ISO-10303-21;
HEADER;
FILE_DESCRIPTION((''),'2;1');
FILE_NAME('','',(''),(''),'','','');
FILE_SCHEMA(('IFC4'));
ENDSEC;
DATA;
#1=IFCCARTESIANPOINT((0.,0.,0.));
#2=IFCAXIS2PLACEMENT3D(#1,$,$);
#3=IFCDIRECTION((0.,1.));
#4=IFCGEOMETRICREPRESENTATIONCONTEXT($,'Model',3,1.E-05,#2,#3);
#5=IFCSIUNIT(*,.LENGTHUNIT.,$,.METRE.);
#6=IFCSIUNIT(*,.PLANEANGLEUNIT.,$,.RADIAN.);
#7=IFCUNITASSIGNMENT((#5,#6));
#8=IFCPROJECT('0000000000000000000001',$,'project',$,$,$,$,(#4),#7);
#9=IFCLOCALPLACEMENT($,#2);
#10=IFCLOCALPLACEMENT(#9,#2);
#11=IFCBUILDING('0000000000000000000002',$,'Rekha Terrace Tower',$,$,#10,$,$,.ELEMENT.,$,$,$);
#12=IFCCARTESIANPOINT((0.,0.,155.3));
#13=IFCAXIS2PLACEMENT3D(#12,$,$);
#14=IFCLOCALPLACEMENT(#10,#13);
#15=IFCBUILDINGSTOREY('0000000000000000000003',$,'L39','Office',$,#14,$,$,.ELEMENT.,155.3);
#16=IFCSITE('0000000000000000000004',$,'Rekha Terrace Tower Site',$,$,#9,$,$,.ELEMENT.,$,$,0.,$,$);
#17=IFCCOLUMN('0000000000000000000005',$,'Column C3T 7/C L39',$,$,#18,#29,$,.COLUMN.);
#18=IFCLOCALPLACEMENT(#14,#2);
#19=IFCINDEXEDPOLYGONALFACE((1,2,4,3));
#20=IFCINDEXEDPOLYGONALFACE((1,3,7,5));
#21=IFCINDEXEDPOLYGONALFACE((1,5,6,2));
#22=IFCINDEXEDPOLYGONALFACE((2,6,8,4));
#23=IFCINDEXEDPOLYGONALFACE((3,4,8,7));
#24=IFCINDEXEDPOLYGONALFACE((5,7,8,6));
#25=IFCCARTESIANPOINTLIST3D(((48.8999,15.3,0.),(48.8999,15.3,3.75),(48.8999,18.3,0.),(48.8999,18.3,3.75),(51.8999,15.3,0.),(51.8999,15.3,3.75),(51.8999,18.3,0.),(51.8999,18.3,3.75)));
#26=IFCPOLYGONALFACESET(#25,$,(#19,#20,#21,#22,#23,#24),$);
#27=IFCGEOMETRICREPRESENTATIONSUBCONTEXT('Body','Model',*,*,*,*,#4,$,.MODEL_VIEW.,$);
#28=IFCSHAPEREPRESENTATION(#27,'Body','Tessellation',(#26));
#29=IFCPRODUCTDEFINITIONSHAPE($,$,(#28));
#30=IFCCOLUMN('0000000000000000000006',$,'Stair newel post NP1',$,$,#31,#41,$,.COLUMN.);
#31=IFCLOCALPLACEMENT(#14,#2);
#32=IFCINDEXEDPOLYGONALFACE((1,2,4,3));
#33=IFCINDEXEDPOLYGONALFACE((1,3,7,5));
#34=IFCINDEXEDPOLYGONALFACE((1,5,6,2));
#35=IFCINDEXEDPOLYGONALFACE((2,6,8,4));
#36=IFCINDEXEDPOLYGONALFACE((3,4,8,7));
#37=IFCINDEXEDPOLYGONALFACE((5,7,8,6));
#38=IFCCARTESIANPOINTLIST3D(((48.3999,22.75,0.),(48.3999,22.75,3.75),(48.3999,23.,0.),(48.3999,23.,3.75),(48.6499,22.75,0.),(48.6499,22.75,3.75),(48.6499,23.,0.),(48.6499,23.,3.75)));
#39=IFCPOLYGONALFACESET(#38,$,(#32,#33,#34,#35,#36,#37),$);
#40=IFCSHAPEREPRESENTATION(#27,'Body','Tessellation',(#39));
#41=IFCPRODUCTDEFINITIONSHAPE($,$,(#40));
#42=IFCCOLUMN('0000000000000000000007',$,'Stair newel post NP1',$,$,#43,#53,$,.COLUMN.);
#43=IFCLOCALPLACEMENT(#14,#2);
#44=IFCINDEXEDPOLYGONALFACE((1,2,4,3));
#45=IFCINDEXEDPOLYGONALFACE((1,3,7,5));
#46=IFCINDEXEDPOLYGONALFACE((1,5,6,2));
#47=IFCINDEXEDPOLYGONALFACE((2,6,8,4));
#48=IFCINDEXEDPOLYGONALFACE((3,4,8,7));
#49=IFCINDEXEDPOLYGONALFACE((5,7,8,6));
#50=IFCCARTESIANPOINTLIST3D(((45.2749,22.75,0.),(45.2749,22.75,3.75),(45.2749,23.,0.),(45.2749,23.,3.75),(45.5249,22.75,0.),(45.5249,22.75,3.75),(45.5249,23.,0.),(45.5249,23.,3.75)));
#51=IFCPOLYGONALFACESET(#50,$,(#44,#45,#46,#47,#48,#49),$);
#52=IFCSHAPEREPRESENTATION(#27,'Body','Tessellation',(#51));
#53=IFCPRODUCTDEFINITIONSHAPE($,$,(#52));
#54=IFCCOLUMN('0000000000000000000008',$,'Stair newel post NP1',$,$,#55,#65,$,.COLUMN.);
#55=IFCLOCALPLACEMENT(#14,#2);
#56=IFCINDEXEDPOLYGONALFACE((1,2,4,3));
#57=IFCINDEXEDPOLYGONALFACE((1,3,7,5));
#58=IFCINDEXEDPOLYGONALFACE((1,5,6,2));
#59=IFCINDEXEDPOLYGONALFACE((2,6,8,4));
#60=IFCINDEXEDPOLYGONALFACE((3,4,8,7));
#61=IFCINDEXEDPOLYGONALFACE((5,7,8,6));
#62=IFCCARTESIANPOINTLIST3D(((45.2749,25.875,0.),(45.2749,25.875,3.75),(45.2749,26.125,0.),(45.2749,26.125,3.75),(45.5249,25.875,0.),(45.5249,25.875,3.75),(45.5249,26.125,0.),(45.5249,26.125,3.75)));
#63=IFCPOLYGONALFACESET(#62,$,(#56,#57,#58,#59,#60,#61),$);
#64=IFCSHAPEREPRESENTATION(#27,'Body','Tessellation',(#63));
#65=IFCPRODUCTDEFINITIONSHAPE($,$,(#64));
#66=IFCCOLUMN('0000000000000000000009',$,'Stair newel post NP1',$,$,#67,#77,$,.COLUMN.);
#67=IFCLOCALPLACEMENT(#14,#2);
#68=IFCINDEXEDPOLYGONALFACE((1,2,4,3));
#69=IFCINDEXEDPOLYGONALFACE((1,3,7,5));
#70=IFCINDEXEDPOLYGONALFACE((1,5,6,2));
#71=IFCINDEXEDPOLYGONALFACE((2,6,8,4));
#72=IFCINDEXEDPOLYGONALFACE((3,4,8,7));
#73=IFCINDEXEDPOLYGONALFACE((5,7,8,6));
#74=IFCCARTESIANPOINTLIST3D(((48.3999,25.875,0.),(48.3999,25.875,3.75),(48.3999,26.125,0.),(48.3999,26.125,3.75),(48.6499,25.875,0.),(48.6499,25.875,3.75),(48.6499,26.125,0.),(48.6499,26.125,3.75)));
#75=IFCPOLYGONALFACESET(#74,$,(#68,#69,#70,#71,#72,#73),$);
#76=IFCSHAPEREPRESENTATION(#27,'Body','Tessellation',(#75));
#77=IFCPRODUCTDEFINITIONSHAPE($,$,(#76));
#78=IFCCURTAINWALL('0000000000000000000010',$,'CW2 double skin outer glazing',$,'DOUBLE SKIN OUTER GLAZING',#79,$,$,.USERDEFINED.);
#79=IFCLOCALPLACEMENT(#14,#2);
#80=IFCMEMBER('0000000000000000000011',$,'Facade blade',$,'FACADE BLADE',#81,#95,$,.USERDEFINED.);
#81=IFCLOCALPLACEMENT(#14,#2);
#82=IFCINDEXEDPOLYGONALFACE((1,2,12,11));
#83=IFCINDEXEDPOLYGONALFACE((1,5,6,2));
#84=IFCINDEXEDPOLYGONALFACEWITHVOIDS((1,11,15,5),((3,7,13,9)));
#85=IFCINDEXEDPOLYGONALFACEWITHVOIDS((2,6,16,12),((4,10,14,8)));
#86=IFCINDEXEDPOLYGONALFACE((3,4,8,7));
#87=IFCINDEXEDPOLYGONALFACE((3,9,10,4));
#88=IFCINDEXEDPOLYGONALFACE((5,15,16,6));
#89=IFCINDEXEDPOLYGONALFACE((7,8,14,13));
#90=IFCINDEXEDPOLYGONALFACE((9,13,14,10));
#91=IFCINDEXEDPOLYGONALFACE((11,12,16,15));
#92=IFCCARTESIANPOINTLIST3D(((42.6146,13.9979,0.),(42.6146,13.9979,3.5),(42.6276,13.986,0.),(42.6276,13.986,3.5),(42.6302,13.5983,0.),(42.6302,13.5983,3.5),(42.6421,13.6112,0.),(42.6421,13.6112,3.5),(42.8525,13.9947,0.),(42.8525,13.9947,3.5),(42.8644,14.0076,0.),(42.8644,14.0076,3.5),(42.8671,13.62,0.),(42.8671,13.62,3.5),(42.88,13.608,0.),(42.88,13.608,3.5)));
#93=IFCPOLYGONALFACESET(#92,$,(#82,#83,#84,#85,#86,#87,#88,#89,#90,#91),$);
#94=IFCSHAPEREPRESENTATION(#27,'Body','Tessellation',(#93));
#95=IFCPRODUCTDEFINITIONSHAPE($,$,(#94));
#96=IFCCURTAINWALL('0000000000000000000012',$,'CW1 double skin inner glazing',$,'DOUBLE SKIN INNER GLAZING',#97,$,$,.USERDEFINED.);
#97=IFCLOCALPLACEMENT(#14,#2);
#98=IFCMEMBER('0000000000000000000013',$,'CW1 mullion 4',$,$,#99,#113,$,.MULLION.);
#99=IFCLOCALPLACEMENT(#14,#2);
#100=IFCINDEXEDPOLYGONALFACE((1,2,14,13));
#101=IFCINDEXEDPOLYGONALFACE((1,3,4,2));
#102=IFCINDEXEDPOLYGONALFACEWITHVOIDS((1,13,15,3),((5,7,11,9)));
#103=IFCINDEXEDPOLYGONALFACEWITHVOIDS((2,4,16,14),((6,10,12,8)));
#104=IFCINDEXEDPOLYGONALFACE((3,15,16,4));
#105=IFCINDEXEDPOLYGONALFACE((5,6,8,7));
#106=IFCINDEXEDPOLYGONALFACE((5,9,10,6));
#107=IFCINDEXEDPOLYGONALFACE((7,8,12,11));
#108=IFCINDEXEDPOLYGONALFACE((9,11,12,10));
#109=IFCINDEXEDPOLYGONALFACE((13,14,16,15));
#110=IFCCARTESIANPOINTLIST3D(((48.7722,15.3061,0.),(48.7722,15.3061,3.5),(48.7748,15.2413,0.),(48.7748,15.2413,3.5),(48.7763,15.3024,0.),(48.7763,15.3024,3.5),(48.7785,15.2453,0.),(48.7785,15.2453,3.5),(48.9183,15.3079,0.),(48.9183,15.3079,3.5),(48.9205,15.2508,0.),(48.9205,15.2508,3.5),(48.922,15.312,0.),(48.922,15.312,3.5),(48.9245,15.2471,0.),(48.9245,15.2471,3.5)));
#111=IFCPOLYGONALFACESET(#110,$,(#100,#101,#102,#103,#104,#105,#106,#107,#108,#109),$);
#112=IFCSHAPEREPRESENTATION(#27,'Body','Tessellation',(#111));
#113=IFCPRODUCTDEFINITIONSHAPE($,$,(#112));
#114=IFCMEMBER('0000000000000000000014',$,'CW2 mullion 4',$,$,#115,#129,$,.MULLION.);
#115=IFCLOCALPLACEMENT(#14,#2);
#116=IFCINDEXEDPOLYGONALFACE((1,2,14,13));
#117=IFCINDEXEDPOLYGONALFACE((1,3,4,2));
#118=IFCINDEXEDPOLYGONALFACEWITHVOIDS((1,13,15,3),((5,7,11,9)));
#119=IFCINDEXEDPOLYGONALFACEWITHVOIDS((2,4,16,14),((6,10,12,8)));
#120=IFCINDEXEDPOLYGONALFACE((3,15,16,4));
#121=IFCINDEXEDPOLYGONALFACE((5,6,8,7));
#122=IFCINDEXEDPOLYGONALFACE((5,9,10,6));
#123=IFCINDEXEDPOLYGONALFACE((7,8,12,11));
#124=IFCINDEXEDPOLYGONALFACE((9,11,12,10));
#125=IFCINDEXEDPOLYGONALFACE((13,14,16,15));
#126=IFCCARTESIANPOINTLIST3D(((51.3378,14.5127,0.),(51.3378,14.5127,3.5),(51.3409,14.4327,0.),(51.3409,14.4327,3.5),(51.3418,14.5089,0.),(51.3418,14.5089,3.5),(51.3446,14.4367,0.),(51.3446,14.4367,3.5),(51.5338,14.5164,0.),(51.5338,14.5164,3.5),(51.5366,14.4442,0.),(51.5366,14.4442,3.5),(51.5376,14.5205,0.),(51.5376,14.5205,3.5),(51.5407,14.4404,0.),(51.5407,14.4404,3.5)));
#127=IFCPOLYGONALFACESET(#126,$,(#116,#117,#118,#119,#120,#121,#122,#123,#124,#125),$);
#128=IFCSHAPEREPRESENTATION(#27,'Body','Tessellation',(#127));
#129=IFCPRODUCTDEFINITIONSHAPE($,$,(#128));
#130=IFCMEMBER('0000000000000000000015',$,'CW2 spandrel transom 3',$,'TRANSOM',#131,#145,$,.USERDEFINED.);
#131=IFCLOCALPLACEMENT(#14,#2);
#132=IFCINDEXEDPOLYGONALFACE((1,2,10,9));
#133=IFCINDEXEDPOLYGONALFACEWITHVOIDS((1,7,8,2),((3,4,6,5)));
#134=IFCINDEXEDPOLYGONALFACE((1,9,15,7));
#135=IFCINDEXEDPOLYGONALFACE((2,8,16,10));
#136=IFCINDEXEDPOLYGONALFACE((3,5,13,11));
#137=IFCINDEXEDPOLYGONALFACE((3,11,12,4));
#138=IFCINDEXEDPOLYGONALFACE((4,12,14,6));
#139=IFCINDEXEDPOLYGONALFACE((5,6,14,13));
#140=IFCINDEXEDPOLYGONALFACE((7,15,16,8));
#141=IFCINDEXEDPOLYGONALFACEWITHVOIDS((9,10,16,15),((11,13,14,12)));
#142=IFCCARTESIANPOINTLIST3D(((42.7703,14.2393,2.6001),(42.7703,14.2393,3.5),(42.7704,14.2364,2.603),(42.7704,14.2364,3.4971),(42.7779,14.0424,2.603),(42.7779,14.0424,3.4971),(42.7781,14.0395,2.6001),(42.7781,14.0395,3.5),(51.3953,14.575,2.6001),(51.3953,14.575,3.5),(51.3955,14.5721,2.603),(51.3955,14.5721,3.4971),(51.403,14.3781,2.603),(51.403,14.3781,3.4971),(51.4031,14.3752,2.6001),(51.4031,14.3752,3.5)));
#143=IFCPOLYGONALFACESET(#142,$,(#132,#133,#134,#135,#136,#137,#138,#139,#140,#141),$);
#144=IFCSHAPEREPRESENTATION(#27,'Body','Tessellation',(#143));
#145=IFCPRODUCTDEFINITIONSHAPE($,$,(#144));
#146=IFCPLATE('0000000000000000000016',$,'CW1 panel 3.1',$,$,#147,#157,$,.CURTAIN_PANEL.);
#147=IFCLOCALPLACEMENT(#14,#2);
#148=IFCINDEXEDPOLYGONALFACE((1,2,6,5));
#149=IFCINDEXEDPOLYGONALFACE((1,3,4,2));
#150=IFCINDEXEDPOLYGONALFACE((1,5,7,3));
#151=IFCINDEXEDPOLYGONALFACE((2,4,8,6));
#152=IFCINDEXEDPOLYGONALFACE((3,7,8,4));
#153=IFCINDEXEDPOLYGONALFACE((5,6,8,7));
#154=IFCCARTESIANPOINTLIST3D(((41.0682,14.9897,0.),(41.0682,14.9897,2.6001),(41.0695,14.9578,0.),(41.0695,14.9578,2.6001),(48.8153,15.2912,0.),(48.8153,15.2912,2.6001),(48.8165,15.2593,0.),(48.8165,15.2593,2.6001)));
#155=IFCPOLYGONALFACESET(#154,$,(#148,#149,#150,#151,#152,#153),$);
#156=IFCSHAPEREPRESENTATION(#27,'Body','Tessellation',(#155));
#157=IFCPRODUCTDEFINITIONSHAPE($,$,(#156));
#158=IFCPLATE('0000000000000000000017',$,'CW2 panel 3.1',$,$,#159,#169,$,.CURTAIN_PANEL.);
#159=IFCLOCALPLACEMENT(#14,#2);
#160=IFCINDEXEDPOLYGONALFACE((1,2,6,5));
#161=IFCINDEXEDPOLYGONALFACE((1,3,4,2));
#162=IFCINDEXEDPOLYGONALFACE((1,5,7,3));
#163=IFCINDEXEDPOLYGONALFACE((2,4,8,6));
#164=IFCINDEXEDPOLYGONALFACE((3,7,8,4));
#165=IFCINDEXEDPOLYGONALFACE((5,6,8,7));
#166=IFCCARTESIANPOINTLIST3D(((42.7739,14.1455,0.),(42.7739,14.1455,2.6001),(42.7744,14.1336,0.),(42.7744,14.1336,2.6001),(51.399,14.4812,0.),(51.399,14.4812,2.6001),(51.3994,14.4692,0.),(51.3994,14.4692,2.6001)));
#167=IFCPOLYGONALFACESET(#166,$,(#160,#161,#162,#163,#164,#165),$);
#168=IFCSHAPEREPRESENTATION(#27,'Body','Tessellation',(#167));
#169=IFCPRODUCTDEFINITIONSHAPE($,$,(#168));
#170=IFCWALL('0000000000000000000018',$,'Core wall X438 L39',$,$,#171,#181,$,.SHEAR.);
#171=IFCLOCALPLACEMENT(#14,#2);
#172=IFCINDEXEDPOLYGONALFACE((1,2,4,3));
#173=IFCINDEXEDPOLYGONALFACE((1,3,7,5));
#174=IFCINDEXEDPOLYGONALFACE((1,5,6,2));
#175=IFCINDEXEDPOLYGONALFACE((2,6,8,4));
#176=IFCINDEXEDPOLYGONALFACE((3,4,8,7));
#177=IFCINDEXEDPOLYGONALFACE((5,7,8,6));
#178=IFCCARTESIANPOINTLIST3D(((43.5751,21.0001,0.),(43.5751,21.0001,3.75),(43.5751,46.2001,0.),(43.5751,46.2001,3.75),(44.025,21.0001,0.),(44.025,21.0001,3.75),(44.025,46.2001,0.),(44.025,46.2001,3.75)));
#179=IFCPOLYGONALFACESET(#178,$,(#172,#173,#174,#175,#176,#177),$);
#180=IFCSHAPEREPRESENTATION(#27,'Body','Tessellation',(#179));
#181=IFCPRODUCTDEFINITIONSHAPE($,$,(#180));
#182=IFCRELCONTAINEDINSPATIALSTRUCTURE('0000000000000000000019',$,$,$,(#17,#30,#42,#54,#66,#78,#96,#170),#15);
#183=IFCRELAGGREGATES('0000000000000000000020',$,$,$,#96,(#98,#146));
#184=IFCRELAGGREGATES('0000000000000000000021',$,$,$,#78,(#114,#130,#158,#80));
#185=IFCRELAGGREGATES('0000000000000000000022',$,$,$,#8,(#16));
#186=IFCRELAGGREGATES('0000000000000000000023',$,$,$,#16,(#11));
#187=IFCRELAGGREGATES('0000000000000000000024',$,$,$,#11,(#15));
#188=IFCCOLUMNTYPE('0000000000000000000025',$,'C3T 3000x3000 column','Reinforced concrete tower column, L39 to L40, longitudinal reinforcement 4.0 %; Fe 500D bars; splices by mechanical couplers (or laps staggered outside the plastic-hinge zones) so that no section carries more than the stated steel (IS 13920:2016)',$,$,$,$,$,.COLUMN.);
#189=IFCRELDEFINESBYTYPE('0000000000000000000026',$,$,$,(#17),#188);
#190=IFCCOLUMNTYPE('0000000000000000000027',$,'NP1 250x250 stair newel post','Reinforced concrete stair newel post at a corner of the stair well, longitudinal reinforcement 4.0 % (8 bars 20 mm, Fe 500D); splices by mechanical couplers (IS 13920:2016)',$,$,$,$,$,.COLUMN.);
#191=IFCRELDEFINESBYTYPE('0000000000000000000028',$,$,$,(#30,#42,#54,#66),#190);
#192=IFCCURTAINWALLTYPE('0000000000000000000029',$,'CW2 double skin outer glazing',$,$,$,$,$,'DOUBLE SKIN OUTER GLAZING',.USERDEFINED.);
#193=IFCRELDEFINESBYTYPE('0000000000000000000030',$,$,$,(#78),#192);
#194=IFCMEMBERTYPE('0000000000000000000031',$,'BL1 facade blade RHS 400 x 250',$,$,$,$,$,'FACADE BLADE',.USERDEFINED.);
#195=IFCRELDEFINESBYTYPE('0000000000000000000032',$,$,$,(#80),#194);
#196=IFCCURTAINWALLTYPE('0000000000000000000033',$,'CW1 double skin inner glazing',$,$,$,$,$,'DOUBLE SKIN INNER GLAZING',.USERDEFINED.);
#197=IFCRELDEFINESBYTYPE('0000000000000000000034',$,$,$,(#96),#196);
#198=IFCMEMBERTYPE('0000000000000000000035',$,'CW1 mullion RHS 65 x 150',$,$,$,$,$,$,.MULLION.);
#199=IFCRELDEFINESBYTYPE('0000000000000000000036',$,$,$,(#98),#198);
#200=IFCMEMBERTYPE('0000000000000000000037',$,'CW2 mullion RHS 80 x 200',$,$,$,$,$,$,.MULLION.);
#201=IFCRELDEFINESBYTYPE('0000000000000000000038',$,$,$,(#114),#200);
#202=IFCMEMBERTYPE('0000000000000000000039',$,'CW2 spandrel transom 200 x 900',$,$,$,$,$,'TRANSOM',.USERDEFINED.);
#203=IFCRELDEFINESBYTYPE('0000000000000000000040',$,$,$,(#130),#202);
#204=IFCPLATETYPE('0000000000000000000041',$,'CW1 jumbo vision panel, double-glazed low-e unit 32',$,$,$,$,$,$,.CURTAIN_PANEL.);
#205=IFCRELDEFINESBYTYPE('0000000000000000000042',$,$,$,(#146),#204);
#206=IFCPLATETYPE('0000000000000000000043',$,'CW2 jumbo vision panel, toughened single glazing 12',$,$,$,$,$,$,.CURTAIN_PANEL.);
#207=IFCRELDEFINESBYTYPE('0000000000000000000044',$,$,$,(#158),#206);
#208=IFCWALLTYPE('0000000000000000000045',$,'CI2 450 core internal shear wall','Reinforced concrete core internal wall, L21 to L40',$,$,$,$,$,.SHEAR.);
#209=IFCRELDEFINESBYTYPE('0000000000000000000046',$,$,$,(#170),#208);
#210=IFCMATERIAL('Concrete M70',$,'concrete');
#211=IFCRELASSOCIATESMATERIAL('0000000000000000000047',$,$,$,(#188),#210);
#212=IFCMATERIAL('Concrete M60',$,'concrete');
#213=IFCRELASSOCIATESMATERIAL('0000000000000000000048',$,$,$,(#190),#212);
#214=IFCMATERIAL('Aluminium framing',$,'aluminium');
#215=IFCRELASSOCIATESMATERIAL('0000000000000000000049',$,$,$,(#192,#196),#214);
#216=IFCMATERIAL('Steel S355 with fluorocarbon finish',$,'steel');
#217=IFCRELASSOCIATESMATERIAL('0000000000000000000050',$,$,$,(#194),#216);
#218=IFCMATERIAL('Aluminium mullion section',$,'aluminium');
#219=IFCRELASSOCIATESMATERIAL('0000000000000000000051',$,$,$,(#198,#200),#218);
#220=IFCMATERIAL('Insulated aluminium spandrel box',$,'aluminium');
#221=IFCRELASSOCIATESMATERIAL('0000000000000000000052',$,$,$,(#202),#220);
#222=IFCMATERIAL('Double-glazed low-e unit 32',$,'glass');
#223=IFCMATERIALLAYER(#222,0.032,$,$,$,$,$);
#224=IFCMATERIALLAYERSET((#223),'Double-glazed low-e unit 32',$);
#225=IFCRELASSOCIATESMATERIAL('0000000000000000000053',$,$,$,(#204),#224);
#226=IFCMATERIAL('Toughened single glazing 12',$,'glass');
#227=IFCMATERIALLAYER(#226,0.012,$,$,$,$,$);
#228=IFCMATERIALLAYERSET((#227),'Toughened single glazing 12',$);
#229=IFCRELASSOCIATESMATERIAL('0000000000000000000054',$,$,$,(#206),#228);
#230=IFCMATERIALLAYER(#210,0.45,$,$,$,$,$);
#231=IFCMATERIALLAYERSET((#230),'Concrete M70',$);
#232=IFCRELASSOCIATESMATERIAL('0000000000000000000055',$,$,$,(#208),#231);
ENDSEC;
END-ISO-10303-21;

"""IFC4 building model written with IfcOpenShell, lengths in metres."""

from ifc_helpers import new_model, si_unit, direction, frame, frame_2d, origin, origin_2d, place, context, subcontext, project, spatial, rectangle, hollow_rectangle, extrude, material, layer, layer_set, material_profile, profile_set, type_object, element, aggregate, save


model = new_model("IFC4")

# Units and contexts
model_context = context("Model", 3, precision=1e-05, world=origin(), true_north=direction((0.0, 1.0)))
body_context = subcontext(model_context, "Body", "Model", "MODEL_VIEW")
ifc_project = project(units=[si_unit("LENGTHUNIT", "METRE"), si_unit("PLANEANGLEUNIT", "RADIAN")], contexts=[model_context])

# Site, building, storey
site_placement = place(None, origin())
site = spatial("IfcSite", under=ifc_project, at=site_placement, Name="Rekha Terrace Tower Site", CompositionType="ELEMENT", RefElevation=0.0)
building_placement = place(site_placement, origin())
building = spatial("IfcBuilding", under=site, at=building_placement, Name="Rekha Terrace Tower", CompositionType="ELEMENT")
storey_placement = place(building_placement, frame((0.0, 0.0, 155.3)))
storey = spatial("IfcBuildingStorey", under=building, at=storey_placement, Name="L39", Description="Office", CompositionType="ELEMENT", Elevation=155.3)

# Columns
ifc_material_1 = material(Name="Concrete M70", Category="concrete")
ifc_material_profile_1 = material_profile(ifc_material_1, rectangle(XDim=3.0, YDim=3.0, at=origin_2d()), Name="RC 3000x3000")
ifc_profile_set_1 = profile_set([ifc_material_profile_1], Name="Concrete M70")
column_type_1 = type_object("IfcColumnType", Name="C3T 3000x3000 column", Description="Reinforced concrete tower column, L39 to L40, longitudinal reinforcement 4.0 %; Fe 500D bars; splices by mechanical couplers (or laps staggered outside the plastic-hinge zones) so that no section carries more than the stated steel (IS 13920:2016)", PredefinedType="COLUMN", material=ifc_profile_set_1)
column_placement = place(storey_placement, frame((50.3999, 16.8, 0.0), z_axis=(0.0, 0.0, 1.0), x_axis=(1.0, 0.0, 0.0)))
element("IfcColumn", 1, at=column_placement, inside=storey, type_object=column_type_1, Name="Column C3T 7/C L39", PredefinedType="COLUMN", context=body_context, shape_type="SweptSolid", body=[
    extrude(rectangle(XDim=3.0, YDim=3.0, at=origin_2d()), origin(), (0.0, 0.0, 1.0), 3.75),
])
ifc_material_2 = material(Name="Concrete M60", Category="concrete")
ifc_material_profile_2 = material_profile(ifc_material_2, rectangle(XDim=0.25, YDim=0.25, at=origin_2d()), Name="RC 250x250")
ifc_profile_set_2 = profile_set([ifc_material_profile_2], Name="Concrete M60")
column_type_2 = type_object("IfcColumnType", Name="NP1 250x250 stair newel post", Description="Reinforced concrete stair newel post at a corner of the stair well, longitudinal reinforcement 4.0 % (8 bars 20 mm, Fe 500D); splices by mechanical couplers (IS 13920:2016)", PredefinedType="COLUMN", material=ifc_profile_set_2)
for number, where, z_axis, x_axis, name in (
    (2, (48.5249, 22.875, 0.0), (0.0, 0.0, 1.0), (1.0, 0.0, 0.0), "Stair newel post NP1"),
    (3, (45.3999, 22.875, 0.0), (0.0, 0.0, 1.0), (1.0, 0.0, 0.0), "Stair newel post NP1"),
    (4, (45.3999, 26.0, 0.0), (0.0, 0.0, 1.0), (1.0, 0.0, 0.0), "Stair newel post NP1"),
    (5, (48.5249, 26.0, 0.0), (0.0, 0.0, 1.0), (1.0, 0.0, 0.0), "Stair newel post NP1"),
):
    element("IfcColumn", number, at=place(storey_placement, frame(where, z_axis=z_axis, x_axis=x_axis)), inside=storey, type_object=column_type_2, Name=name, PredefinedType="COLUMN", context=body_context, shape_type="SweptSolid", body=[
        extrude(rectangle(XDim=0.25, YDim=0.25, at=origin_2d()), origin(), (0.0, 0.0, 1.0), 3.75),
    ])

# Curtain walls, members
ifc_material_3 = material(Name="Aluminium framing", Category="aluminium")
curtain_wall_type_1 = type_object("IfcCurtainWallType", Name="CW2 double skin outer glazing", ElementType="DOUBLE SKIN OUTER GLAZING", PredefinedType="USERDEFINED", material=ifc_material_3)
curtain_wall_1_placement = place(storey_placement, origin())
curtain_wall_1 = element("IfcCurtainWall", 6, at=curtain_wall_1_placement, inside=storey, type_object=curtain_wall_type_1, Name="CW2 double skin outer glazing", ObjectType="DOUBLE SKIN OUTER GLAZING", PredefinedType="USERDEFINED")
ifc_material_4 = material(Name="Steel S355 with fluorocarbon finish", Category="steel")
ifc_material_profile_3 = material_profile(ifc_material_4, hollow_rectangle(XDim=0.25, YDim=0.3999, WallThickness=0.0125, at=origin_2d()), Name="RHS400x250x12.5")
ifc_profile_set_3 = profile_set([ifc_material_profile_3], Name="Steel S355 with fluorocarbon finish")
member_type_1 = type_object("IfcMemberType", Name="BL1 facade blade RHS 400 x 250", ElementType="FACADE BLADE", PredefinedType="USERDEFINED", material=ifc_profile_set_3)
member_1_placement = place(storey_placement, frame((42.7473, 13.803, 0.0), z_axis=(0.0, 0.0, 1.0), x_axis=(0.999243, 0.03889, 0.0)))
member_1 = element("IfcMember", 7, at=member_1_placement, type_object=member_type_1, Name="Facade blade", ObjectType="FACADE BLADE", PredefinedType="USERDEFINED", context=body_context, shape_type="SweptSolid", body=[
    extrude(hollow_rectangle(XDim=0.25, YDim=0.3999, WallThickness=0.0125, at=origin_2d()), origin(), (0.0, 0.0, 1.0), 3.5),
])
curtain_wall_type_2 = type_object("IfcCurtainWallType", Name="CW1 double skin inner glazing", ElementType="DOUBLE SKIN INNER GLAZING", PredefinedType="USERDEFINED", material=ifc_material_3)
curtain_wall_2_placement = place(storey_placement, origin())
curtain_wall_2 = element("IfcCurtainWall", 8, at=curtain_wall_2_placement, inside=storey, type_object=curtain_wall_type_2, Name="CW1 double skin inner glazing", ObjectType="DOUBLE SKIN INNER GLAZING", PredefinedType="USERDEFINED")
ifc_material_5 = material(Name="Aluminium mullion section", Category="aluminium")
ifc_material_profile_4 = material_profile(ifc_material_5, hollow_rectangle(XDim=0.0649, YDim=0.1499, WallThickness=0.0039, at=origin_2d()), Name="AL RHS 65x150")
ifc_profile_set_4 = profile_set([ifc_material_profile_4], Name="Aluminium mullion section")
member_type_2 = type_object("IfcMemberType", Name="CW1 mullion RHS 65 x 150", PredefinedType="MULLION", material=ifc_profile_set_4)
member_2_placement = place(storey_placement, frame((48.8484, 15.2766, 0.0), z_axis=(0.0, 0.0, 1.0), x_axis=(-0.03889, 0.999243, 0.0)))
member_2 = element("IfcMember", 9, at=member_2_placement, type_object=member_type_2, Name="CW1 mullion 4", PredefinedType="MULLION", context=body_context, shape_type="SweptSolid", body=[
    extrude(hollow_rectangle(XDim=0.0649, YDim=0.1499, WallThickness=0.0039, at=origin_2d()), origin(), (0.0, 0.0, 1.0), 3.5),
])

# Members
ifc_material_profile_5 = material_profile(ifc_material_5, hollow_rectangle(XDim=0.0801, YDim=0.2, WallThickness=0.0039, at=origin_2d()), Name="AL RHS 80x200")
ifc_profile_set_5 = profile_set([ifc_material_profile_5], Name="Aluminium mullion section")
member_type_3 = type_object("IfcMemberType", Name="CW2 mullion RHS 80 x 200", PredefinedType="MULLION", material=ifc_profile_set_5)
member_3_placement = place(storey_placement, frame((51.4392, 14.4766, 0.0), z_axis=(0.0, 0.0, 1.0), x_axis=(-0.03889, 0.999243, 0.0)))
member_3 = element("IfcMember", 10, at=member_3_placement, type_object=member_type_3, Name="CW2 mullion 4", PredefinedType="MULLION", context=body_context, shape_type="SweptSolid", body=[
    extrude(hollow_rectangle(XDim=0.0801, YDim=0.2, WallThickness=0.0039, at=origin_2d()), origin(), (0.0, 0.0, 1.0), 3.5),
])
ifc_material_6 = material(Name="Insulated aluminium spandrel box", Category="aluminium")
ifc_material_profile_6 = material_profile(ifc_material_6, hollow_rectangle(XDim=0.2, YDim=0.8999, WallThickness=0.0029, at=origin_2d()), Name="AL SPANDREL BOX 200x900")
ifc_profile_set_6 = profile_set([ifc_material_profile_6], Name="Insulated aluminium spandrel box")
member_type_4 = type_object("IfcMemberType", Name="CW2 spandrel transom 200 x 900", ElementType="TRANSOM", PredefinedType="USERDEFINED", material=ifc_profile_set_6)
member_4_placement = place(storey_placement, frame((42.7742, 14.1394, 3.05), z_axis=(0.999243, 0.038892, 0.0), x_axis=(-0.038892, 0.999243, 0.0)))
member_4 = element("IfcMember", 11, at=member_4_placement, type_object=member_type_4, Name="CW2 spandrel transom 3", ObjectType="TRANSOM", PredefinedType="USERDEFINED", context=body_context, shape_type="SweptSolid", body=[
    extrude(hollow_rectangle(XDim=0.2, YDim=0.8999, WallThickness=0.0029, at=origin_2d()), origin(), (0.0, 0.0, 1.0), 8.6316),
])

# Plates
ifc_material_7 = material(Name="Double-glazed low-e unit 32", Category="glass")
ifc_layer_1 = layer(ifc_material_7, 0.032)
ifc_layer_set_1 = layer_set([ifc_layer_1], Name="Double-glazed low-e unit 32")
plate_type_1 = type_object("IfcPlateType", Name="CW1 jumbo vision panel, double-glazed low-e unit 32", PredefinedType="CURTAIN_PANEL", material=ifc_layer_set_1)
plate_1_placement = place(storey_placement, frame((44.9424, 15.1245, 0.0), z_axis=(0.0, 0.0, 1.0), x_axis=(0.999243, 0.03889, 0.0)))
plate_1 = element("IfcPlate", 12, at=plate_1_placement, type_object=plate_type_1, Name="CW1 panel 3.1", PredefinedType="CURTAIN_PANEL", context=body_context, shape_type="SweptSolid", body=[
    extrude(rectangle(XDim=7.7529, YDim=0.032, at=origin_2d()), origin(), (0.0, 0.0, 1.0), 2.6001),
])
aggregate(curtain_wall_2, [member_2, plate_1])
ifc_material_8 = material(Name="Toughened single glazing 12", Category="glass")
ifc_layer_2 = layer(ifc_material_8, 0.012)
ifc_layer_set_2 = layer_set([ifc_layer_2], Name="Toughened single glazing 12")
plate_type_2 = type_object("IfcPlateType", Name="CW2 jumbo vision panel, toughened single glazing 12", PredefinedType="CURTAIN_PANEL", material=ifc_layer_set_2)
plate_2_placement = place(storey_placement, frame((47.0867, 14.3074, 0.0), z_axis=(0.0, 0.0, 1.0), x_axis=(0.999243, 0.03889, 0.0)))
plate_2 = element("IfcPlate", 13, at=plate_2_placement, type_object=plate_type_2, Name="CW2 panel 3.1", PredefinedType="CURTAIN_PANEL", context=body_context, shape_type="SweptSolid", body=[
    extrude(rectangle(XDim=8.6316, YDim=0.012, at=origin_2d()), origin(), (0.0, 0.0, 1.0), 2.6001),
])
aggregate(curtain_wall_1, [member_3, member_4, plate_2, member_1])

# Wall
ifc_layer_3 = layer(ifc_material_1, 0.45)
ifc_layer_set_3 = layer_set([ifc_layer_3], Name="Concrete M70")
wall_type_1 = type_object("IfcWallType", Name="CI2 450 core internal shear wall", Description="Reinforced concrete core internal wall, L21 to L40", PredefinedType="SHEAR", material=ifc_layer_set_3)
wall_1_placement = place(storey_placement, frame((43.8, 21.0, 0.0), z_axis=(0.0, 0.0, 1.0), x_axis=(0.0, 1.0, 0.0)))
element("IfcWall", 14, at=wall_1_placement, inside=storey, type_object=wall_type_1, Name="Core wall X438 L39", PredefinedType="SHEAR", context=body_context, shape_type="SweptSolid", body=[
    extrude(rectangle(XDim=25.2, YDim=0.45, at=frame_2d((12.6001, 0.0))), origin(), (0.0, 0.0, 1.0), 3.75),
])

save(model, "model.ifc")
